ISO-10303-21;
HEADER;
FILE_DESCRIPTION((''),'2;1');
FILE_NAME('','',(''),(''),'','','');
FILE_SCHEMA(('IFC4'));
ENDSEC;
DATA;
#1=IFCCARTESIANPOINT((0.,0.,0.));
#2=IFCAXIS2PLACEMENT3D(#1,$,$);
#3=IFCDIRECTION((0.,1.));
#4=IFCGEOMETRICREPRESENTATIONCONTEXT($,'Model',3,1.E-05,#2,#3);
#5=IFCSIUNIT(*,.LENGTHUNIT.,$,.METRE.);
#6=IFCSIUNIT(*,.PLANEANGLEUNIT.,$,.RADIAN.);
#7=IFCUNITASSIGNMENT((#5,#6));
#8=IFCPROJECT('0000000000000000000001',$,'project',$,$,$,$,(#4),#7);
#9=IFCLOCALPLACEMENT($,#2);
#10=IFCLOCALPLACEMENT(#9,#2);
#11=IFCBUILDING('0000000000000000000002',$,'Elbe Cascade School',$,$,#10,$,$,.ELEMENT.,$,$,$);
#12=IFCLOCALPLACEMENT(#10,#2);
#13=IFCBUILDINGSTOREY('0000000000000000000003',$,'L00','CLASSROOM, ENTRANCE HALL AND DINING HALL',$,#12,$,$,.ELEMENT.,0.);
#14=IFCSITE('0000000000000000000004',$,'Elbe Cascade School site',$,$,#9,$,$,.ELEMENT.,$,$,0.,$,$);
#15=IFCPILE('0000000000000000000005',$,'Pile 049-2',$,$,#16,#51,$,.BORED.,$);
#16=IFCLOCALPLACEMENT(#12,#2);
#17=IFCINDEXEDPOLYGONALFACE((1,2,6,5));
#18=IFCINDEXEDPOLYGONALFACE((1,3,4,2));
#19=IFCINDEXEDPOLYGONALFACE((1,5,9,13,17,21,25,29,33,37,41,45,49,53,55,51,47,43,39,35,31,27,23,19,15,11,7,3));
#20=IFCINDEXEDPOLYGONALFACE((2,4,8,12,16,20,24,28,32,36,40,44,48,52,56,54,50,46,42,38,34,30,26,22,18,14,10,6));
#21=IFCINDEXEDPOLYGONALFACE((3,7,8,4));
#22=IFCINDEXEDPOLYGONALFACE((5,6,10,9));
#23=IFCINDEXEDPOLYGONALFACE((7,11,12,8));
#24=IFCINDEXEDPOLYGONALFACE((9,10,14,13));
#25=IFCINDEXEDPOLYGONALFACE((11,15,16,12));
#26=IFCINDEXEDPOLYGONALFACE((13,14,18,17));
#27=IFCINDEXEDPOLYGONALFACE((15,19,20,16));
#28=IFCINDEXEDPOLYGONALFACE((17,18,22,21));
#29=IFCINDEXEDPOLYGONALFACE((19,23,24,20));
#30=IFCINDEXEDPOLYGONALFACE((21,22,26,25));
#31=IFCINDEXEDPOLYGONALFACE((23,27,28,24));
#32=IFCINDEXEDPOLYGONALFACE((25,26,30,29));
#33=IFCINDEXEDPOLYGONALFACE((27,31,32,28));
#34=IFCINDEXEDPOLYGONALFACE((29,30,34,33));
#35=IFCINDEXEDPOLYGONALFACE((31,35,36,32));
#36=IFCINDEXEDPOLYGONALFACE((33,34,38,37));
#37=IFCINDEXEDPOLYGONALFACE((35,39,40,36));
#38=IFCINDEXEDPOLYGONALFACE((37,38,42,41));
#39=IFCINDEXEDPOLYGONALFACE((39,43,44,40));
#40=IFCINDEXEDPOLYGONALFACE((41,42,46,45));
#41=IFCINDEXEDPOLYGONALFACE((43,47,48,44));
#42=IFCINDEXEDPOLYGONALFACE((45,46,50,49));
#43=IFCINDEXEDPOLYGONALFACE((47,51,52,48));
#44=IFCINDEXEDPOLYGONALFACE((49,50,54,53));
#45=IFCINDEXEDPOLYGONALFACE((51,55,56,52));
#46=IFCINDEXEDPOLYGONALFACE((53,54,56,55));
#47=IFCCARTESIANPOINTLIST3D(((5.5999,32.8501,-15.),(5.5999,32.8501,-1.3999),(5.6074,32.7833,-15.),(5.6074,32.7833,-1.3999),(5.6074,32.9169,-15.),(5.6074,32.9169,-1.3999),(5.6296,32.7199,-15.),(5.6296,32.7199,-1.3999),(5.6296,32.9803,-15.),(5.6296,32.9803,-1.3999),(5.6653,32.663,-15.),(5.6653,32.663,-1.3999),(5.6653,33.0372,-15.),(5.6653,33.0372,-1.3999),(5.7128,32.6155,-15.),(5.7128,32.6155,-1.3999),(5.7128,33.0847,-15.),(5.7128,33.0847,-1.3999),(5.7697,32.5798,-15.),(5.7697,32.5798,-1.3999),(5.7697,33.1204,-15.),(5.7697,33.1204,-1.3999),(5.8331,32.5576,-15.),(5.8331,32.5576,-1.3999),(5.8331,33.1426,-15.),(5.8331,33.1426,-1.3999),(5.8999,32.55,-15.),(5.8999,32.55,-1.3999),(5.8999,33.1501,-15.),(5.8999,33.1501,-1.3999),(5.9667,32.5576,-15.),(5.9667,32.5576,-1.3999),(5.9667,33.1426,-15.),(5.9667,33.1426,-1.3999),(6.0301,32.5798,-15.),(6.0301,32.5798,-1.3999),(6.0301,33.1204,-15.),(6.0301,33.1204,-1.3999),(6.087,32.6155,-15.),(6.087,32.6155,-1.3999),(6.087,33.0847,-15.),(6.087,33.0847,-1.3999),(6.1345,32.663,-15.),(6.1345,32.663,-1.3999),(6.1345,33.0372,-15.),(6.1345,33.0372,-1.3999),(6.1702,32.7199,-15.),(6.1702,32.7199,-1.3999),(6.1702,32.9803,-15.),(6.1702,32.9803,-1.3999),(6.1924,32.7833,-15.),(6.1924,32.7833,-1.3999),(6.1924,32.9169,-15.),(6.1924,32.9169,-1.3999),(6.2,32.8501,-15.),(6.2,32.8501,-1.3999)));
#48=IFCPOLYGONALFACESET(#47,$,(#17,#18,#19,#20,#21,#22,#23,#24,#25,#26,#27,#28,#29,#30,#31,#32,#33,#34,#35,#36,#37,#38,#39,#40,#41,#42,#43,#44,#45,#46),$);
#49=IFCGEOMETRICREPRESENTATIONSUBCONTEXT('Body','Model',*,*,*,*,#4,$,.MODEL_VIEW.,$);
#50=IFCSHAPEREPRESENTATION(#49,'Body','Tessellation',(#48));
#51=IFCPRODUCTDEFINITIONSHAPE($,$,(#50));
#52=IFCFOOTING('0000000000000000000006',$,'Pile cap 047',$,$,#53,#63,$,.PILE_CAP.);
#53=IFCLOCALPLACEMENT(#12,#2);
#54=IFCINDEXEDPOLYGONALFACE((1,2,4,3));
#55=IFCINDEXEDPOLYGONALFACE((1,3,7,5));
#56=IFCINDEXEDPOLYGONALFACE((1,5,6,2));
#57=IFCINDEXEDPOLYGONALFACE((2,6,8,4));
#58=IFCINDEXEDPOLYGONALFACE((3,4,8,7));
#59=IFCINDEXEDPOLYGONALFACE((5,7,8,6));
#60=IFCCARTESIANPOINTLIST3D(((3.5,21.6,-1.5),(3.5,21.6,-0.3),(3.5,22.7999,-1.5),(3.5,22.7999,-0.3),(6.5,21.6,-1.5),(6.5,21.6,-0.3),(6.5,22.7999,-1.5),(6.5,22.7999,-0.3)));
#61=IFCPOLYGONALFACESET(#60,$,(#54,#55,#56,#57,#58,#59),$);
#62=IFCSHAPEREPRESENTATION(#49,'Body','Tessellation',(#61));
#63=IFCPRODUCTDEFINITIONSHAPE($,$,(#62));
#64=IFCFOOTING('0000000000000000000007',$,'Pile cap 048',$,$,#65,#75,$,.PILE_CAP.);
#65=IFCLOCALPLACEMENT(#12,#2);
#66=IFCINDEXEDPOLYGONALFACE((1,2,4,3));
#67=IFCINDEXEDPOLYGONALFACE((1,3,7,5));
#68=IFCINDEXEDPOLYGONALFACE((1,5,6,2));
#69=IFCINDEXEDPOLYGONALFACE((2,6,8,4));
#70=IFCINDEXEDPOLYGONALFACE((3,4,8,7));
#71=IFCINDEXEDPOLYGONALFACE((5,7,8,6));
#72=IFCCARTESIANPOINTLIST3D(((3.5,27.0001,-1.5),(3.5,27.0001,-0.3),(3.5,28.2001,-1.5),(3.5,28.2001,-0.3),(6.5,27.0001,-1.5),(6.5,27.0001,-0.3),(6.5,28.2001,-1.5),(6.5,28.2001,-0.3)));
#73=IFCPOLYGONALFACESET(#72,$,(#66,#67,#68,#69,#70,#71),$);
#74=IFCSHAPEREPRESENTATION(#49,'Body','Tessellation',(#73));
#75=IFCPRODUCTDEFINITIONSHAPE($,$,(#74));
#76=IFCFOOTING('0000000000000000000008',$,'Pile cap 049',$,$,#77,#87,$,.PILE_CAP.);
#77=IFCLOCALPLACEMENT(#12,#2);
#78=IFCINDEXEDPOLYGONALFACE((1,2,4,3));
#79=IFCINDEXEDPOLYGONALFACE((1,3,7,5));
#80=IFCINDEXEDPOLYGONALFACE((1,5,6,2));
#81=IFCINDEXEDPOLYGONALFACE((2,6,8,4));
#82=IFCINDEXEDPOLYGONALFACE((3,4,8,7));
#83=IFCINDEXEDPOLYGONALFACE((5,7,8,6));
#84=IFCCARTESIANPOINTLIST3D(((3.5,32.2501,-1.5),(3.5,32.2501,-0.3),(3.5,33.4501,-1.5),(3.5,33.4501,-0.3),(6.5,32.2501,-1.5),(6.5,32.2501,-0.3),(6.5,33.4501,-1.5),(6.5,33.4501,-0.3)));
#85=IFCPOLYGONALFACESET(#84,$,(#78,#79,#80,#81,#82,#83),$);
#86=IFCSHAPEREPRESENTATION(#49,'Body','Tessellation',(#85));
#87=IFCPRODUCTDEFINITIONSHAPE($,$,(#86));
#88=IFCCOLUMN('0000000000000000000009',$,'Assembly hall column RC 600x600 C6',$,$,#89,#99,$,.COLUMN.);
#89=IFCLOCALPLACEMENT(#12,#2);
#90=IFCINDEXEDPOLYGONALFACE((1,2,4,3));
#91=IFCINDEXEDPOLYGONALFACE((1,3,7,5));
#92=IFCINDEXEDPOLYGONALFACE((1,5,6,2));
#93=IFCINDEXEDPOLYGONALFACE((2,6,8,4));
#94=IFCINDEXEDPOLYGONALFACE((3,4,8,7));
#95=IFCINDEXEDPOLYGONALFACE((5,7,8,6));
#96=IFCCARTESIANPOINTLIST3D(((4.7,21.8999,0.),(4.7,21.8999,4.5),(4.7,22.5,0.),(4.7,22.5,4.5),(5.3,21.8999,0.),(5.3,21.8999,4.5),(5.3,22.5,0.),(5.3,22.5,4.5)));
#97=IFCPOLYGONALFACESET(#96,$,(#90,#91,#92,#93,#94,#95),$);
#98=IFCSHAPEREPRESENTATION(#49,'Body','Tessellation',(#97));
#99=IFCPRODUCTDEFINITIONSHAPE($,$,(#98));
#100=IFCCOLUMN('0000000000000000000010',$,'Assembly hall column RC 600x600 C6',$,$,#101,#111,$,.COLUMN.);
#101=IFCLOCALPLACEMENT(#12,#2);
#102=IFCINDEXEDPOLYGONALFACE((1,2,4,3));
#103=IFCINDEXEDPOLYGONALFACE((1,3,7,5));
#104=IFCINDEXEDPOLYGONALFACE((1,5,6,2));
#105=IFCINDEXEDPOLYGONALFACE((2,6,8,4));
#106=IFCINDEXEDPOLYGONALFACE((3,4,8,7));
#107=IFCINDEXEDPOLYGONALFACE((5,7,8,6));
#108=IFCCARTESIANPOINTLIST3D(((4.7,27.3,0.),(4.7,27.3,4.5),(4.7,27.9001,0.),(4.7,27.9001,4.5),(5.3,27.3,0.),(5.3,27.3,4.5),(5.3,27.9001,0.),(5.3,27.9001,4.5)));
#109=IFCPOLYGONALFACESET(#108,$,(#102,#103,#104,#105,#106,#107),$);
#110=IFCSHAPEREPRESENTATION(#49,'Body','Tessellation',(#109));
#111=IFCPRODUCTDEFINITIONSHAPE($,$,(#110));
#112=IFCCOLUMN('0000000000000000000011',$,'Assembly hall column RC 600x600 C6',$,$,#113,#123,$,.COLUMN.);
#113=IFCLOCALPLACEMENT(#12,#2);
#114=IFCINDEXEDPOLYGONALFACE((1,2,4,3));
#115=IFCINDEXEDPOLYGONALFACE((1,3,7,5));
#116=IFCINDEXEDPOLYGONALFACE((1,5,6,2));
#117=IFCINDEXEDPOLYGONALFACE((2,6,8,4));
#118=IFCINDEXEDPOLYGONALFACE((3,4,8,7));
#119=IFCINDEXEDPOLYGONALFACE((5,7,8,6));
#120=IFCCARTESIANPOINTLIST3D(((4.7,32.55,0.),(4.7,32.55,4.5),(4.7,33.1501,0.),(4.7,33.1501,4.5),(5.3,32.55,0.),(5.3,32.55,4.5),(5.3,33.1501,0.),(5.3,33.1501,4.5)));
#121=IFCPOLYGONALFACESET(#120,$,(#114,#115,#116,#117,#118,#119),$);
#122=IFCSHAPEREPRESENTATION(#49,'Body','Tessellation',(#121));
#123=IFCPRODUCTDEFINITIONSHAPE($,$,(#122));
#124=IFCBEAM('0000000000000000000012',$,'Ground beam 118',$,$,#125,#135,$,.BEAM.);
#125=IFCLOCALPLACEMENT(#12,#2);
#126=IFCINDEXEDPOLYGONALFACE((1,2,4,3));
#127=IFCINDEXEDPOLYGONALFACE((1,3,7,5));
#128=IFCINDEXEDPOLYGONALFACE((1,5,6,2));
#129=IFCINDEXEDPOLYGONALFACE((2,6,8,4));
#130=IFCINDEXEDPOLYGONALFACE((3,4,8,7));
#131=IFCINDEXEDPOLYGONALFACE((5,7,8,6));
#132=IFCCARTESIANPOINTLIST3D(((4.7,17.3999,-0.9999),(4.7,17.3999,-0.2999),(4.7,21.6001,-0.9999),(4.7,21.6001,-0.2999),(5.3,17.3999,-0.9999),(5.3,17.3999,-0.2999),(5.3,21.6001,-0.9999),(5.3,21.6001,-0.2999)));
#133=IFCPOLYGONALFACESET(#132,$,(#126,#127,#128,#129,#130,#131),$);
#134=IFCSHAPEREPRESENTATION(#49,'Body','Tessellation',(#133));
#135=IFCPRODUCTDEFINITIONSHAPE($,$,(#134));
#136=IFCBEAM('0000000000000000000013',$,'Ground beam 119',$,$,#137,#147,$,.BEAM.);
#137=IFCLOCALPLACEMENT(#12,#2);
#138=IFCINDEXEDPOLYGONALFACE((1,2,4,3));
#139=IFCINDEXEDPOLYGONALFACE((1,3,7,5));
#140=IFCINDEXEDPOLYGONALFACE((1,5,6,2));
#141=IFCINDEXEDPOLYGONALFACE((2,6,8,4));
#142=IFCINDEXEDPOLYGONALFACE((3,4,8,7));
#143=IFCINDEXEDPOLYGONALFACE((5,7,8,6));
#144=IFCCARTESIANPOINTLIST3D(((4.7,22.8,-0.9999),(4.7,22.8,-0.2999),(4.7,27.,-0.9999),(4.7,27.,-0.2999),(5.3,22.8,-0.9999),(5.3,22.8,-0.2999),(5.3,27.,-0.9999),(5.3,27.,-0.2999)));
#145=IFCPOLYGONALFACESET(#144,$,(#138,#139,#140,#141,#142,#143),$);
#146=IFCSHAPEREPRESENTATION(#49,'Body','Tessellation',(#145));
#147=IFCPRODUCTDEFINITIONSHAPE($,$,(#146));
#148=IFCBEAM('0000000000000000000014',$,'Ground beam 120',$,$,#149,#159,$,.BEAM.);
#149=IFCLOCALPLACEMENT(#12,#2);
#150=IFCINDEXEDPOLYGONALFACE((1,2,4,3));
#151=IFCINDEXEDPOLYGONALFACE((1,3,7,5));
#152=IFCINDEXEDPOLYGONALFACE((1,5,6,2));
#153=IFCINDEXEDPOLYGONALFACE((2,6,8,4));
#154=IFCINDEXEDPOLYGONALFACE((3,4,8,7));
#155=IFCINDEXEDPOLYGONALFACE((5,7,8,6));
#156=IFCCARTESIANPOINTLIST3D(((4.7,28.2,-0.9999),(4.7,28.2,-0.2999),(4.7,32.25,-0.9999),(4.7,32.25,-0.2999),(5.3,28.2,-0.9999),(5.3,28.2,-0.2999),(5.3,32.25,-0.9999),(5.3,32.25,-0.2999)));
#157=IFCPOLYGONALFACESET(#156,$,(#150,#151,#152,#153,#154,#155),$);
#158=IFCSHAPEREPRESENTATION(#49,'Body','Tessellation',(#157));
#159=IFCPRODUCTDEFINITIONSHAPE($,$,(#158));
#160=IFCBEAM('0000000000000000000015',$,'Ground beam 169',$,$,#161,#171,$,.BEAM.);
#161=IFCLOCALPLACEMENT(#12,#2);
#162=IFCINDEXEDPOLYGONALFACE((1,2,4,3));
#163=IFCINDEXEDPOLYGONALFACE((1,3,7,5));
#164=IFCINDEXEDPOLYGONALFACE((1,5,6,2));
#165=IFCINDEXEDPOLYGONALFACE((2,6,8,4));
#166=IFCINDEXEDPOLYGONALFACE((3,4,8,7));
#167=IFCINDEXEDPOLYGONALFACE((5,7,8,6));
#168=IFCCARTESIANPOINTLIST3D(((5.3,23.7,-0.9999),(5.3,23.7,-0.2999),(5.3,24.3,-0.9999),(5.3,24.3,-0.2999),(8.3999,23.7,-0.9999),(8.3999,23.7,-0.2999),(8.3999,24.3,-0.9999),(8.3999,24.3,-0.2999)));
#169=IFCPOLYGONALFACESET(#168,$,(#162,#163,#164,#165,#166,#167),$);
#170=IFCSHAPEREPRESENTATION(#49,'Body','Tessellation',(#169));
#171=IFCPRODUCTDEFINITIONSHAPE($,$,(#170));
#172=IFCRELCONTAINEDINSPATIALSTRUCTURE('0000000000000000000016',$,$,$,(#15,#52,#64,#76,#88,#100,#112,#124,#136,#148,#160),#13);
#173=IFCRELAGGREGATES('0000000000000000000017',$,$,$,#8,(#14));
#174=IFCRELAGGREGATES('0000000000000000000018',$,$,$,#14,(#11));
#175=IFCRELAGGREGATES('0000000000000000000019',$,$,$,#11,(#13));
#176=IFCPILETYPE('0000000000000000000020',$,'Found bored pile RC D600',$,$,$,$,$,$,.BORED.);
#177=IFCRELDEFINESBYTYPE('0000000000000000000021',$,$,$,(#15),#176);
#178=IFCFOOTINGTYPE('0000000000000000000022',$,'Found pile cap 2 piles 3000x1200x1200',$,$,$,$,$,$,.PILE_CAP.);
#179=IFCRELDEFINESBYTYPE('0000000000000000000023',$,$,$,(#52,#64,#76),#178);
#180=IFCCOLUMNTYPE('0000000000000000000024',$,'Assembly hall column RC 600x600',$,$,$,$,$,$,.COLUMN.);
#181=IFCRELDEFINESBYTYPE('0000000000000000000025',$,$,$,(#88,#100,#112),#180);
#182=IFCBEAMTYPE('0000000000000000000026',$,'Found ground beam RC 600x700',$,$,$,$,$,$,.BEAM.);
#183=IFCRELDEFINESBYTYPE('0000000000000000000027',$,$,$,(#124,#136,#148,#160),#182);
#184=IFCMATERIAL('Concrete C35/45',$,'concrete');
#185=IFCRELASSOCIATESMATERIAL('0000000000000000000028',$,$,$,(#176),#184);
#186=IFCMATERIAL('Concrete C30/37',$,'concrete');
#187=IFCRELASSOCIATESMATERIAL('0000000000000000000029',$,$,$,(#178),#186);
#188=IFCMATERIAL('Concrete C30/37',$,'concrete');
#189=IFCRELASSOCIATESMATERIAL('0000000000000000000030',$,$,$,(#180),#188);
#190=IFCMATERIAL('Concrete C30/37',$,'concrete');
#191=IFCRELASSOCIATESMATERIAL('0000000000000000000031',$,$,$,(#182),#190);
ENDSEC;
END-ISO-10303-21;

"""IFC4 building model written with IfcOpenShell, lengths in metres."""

from ifc_helpers import new_model, si_unit, direction, frame, origin, origin_2d, place, context, subcontext, project, spatial, rectangle, circle, extrude, material, material_profile, profile_set, type_object, element, save


model = new_model("IFC4")

# Units and contexts
model_context = context("Model", 3, precision=1e-05, world=origin(), true_north=direction((0.0, 1.0)))
body_context = subcontext(model_context, "Body", "Model", "MODEL_VIEW")
ifc_project = project(units=[si_unit("LENGTHUNIT", "METRE"), si_unit("PLANEANGLEUNIT", "RADIAN")], contexts=[model_context])

# Site, building, storey
site_placement = place(None, origin())
site = spatial("IfcSite", under=ifc_project, at=site_placement, Name="Elbe Cascade School site", CompositionType="ELEMENT", RefElevation=0.0)
building_placement = place(site_placement, origin())
building = spatial("IfcBuilding", under=site, at=building_placement, Name="Elbe Cascade School", CompositionType="ELEMENT")
storey_placement = place(building_placement, origin())
storey = spatial("IfcBuildingStorey", under=building, at=storey_placement, Name="L00", Description="CLASSROOM, ENTRANCE HALL AND DINING HALL", CompositionType="ELEMENT", Elevation=0.0)

# Pile
ifc_material_1 = material(Name="Concrete C35/45", Category="concrete")
ifc_material_profile_1 = material_profile(ifc_material_1, circle(Radius=0.3, at=origin_2d()), Name="RC D600")
ifc_profile_set_1 = profile_set([ifc_material_profile_1], Name="Concrete C35/45")
pile_type = type_object("IfcPileType", Name="Found bored pile RC D600", PredefinedType="BORED", material=ifc_profile_set_1)
for number, where, z_axis, x_axis, name in (
    (1, (5.8999, 32.8501, -1.3999), (0.0, 0.0, -1.0), (1.0, 0.0, 0.0), "Pile 049-2"),
):
    element("IfcPile", number, at=place(storey_placement, frame(where, z_axis=z_axis, x_axis=x_axis)), inside=storey, type_object=pile_type, Name=name, PredefinedType="BORED", context=body_context, shape_type="SweptSolid", body=[
        extrude(circle(Radius=0.3, at=origin_2d()), origin(), (0.0, 0.0, 1.0), 13.6001),
    ])

# Footings
ifc_material_2 = material(Name="Concrete C30/37", Category="concrete")
footing_type = type_object("IfcFootingType", Name="Found pile cap 2 piles 3000x1200x1200", PredefinedType="PILE_CAP", material=ifc_material_2)
for number, where, z_axis, x_axis, name in (
    (2, (5.0, 22.2, -1.5), (0.0, 0.0, 1.0), (1.0, 0.0, 0.0), "Pile cap 047"),
    (3, (5.0, 27.6001, -1.5), (0.0, 0.0, 1.0), (1.0, 0.0, 0.0), "Pile cap 048"),
    (4, (5.0, 32.8501, -1.5), (0.0, 0.0, 1.0), (1.0, 0.0, 0.0), "Pile cap 049"),
):
    element("IfcFooting", number, at=place(storey_placement, frame(where, z_axis=z_axis, x_axis=x_axis)), inside=storey, type_object=footing_type, Name=name, PredefinedType="PILE_CAP", context=body_context, shape_type="SweptSolid", body=[
        extrude(rectangle(XDim=3.0, YDim=1.2, at=origin_2d()), origin(), (0.0, 0.0, 1.0), 1.2),
    ])

# Columns
ifc_material_3 = material(Name="Concrete C30/37", Category="concrete")
ifc_material_profile_2 = material_profile(ifc_material_3, rectangle(XDim=0.6001, YDim=0.6001, at=origin_2d()), Name="RC 600x600")
ifc_profile_set_2 = profile_set([ifc_material_profile_2], Name="Concrete C30/37")
column_type = type_object("IfcColumnType", Name="Assembly hall column RC 600x600", PredefinedType="COLUMN", material=ifc_profile_set_2)
for number, where, z_axis, x_axis, name in (
    (5, (5.0, 22.2, 0.0), (0.0, 0.0, 1.0), (1.0, 0.0, 0.0), "Assembly hall column RC 600x600 C6"),
    (6, (5.0, 27.6001, 0.0), (0.0, 0.0, 1.0), (1.0, 0.0, 0.0), "Assembly hall column RC 600x600 C6"),
    (7, (5.0, 32.8501, 0.0), (0.0, 0.0, 1.0), (1.0, 0.0, 0.0), "Assembly hall column RC 600x600 C6"),
):
    element("IfcColumn", number, at=place(storey_placement, frame(where, z_axis=z_axis, x_axis=x_axis)), inside=storey, type_object=column_type, Name=name, PredefinedType="COLUMN", context=body_context, shape_type="SweptSolid", body=[
        extrude(rectangle(XDim=0.6001, YDim=0.6001, at=origin_2d()), origin(), (0.0, 0.0, 1.0), 4.5),
    ])

# Beams
ifc_material_4 = material(Name="Concrete C30/37", Category="concrete")
ifc_material_profile_3 = material_profile(ifc_material_4, rectangle(XDim=0.6001, YDim=0.7, at=origin_2d()), Name="RC 600x700")
ifc_profile_set_3 = profile_set([ifc_material_profile_3], Name="Concrete C30/37")
beam_type = type_object("IfcBeamType", Name="Found ground beam RC 600x700", PredefinedType="BEAM", material=ifc_profile_set_3)
beam_1_placement = place(storey_placement, frame((5.0, 17.3999, -0.6499), z_axis=(0.0, 1.0, 0.0), x_axis=(-1.0, 0.0, 0.0)))
element("IfcBeam", 8, at=beam_1_placement, inside=storey, type_object=beam_type, Name="Ground beam 118", PredefinedType="BEAM", context=body_context, shape_type="SweptSolid", body=[
    extrude(rectangle(XDim=0.6001, YDim=0.7, at=origin_2d()), origin(), (0.0, 0.0, 1.0), 4.2002),
])
beam_2_placement = place(storey_placement, frame((5.0, 22.8, -0.6499), z_axis=(0.0, 1.0, 0.0), x_axis=(-1.0, 0.0, 0.0)))
element("IfcBeam", 9, at=beam_2_placement, inside=storey, type_object=beam_type, Name="Ground beam 119", PredefinedType="BEAM", context=body_context, shape_type="SweptSolid", body=[
    extrude(rectangle(XDim=0.6001, YDim=0.7, at=origin_2d()), origin(), (0.0, 0.0, 1.0), 4.2),
])
beam_3_placement = place(storey_placement, frame((5.0, 28.2, -0.6499), z_axis=(0.0, 1.0, 0.0), x_axis=(-1.0, 0.0, 0.0)))
element("IfcBeam", 10, at=beam_3_placement, inside=storey, type_object=beam_type, Name="Ground beam 120", PredefinedType="BEAM", context=body_context, shape_type="SweptSolid", body=[
    extrude(rectangle(XDim=0.6001, YDim=0.7, at=origin_2d()), origin(), (0.0, 0.0, 1.0), 4.05),
])
beam_4_placement = place(storey_placement, frame((5.3, 24.0, -0.6499), z_axis=(1.0, 0.0, 0.0), x_axis=(0.0, 1.0, 0.0)))
element("IfcBeam", 11, at=beam_4_placement, inside=storey, type_object=beam_type, Name="Ground beam 169", PredefinedType="BEAM", context=body_context, shape_type="SweptSolid", body=[
    extrude(rectangle(XDim=0.6001, YDim=0.7, at=origin_2d()), origin(), (0.0, 0.0, 1.0), 3.0999),
])

save(model, "model.ifc")
